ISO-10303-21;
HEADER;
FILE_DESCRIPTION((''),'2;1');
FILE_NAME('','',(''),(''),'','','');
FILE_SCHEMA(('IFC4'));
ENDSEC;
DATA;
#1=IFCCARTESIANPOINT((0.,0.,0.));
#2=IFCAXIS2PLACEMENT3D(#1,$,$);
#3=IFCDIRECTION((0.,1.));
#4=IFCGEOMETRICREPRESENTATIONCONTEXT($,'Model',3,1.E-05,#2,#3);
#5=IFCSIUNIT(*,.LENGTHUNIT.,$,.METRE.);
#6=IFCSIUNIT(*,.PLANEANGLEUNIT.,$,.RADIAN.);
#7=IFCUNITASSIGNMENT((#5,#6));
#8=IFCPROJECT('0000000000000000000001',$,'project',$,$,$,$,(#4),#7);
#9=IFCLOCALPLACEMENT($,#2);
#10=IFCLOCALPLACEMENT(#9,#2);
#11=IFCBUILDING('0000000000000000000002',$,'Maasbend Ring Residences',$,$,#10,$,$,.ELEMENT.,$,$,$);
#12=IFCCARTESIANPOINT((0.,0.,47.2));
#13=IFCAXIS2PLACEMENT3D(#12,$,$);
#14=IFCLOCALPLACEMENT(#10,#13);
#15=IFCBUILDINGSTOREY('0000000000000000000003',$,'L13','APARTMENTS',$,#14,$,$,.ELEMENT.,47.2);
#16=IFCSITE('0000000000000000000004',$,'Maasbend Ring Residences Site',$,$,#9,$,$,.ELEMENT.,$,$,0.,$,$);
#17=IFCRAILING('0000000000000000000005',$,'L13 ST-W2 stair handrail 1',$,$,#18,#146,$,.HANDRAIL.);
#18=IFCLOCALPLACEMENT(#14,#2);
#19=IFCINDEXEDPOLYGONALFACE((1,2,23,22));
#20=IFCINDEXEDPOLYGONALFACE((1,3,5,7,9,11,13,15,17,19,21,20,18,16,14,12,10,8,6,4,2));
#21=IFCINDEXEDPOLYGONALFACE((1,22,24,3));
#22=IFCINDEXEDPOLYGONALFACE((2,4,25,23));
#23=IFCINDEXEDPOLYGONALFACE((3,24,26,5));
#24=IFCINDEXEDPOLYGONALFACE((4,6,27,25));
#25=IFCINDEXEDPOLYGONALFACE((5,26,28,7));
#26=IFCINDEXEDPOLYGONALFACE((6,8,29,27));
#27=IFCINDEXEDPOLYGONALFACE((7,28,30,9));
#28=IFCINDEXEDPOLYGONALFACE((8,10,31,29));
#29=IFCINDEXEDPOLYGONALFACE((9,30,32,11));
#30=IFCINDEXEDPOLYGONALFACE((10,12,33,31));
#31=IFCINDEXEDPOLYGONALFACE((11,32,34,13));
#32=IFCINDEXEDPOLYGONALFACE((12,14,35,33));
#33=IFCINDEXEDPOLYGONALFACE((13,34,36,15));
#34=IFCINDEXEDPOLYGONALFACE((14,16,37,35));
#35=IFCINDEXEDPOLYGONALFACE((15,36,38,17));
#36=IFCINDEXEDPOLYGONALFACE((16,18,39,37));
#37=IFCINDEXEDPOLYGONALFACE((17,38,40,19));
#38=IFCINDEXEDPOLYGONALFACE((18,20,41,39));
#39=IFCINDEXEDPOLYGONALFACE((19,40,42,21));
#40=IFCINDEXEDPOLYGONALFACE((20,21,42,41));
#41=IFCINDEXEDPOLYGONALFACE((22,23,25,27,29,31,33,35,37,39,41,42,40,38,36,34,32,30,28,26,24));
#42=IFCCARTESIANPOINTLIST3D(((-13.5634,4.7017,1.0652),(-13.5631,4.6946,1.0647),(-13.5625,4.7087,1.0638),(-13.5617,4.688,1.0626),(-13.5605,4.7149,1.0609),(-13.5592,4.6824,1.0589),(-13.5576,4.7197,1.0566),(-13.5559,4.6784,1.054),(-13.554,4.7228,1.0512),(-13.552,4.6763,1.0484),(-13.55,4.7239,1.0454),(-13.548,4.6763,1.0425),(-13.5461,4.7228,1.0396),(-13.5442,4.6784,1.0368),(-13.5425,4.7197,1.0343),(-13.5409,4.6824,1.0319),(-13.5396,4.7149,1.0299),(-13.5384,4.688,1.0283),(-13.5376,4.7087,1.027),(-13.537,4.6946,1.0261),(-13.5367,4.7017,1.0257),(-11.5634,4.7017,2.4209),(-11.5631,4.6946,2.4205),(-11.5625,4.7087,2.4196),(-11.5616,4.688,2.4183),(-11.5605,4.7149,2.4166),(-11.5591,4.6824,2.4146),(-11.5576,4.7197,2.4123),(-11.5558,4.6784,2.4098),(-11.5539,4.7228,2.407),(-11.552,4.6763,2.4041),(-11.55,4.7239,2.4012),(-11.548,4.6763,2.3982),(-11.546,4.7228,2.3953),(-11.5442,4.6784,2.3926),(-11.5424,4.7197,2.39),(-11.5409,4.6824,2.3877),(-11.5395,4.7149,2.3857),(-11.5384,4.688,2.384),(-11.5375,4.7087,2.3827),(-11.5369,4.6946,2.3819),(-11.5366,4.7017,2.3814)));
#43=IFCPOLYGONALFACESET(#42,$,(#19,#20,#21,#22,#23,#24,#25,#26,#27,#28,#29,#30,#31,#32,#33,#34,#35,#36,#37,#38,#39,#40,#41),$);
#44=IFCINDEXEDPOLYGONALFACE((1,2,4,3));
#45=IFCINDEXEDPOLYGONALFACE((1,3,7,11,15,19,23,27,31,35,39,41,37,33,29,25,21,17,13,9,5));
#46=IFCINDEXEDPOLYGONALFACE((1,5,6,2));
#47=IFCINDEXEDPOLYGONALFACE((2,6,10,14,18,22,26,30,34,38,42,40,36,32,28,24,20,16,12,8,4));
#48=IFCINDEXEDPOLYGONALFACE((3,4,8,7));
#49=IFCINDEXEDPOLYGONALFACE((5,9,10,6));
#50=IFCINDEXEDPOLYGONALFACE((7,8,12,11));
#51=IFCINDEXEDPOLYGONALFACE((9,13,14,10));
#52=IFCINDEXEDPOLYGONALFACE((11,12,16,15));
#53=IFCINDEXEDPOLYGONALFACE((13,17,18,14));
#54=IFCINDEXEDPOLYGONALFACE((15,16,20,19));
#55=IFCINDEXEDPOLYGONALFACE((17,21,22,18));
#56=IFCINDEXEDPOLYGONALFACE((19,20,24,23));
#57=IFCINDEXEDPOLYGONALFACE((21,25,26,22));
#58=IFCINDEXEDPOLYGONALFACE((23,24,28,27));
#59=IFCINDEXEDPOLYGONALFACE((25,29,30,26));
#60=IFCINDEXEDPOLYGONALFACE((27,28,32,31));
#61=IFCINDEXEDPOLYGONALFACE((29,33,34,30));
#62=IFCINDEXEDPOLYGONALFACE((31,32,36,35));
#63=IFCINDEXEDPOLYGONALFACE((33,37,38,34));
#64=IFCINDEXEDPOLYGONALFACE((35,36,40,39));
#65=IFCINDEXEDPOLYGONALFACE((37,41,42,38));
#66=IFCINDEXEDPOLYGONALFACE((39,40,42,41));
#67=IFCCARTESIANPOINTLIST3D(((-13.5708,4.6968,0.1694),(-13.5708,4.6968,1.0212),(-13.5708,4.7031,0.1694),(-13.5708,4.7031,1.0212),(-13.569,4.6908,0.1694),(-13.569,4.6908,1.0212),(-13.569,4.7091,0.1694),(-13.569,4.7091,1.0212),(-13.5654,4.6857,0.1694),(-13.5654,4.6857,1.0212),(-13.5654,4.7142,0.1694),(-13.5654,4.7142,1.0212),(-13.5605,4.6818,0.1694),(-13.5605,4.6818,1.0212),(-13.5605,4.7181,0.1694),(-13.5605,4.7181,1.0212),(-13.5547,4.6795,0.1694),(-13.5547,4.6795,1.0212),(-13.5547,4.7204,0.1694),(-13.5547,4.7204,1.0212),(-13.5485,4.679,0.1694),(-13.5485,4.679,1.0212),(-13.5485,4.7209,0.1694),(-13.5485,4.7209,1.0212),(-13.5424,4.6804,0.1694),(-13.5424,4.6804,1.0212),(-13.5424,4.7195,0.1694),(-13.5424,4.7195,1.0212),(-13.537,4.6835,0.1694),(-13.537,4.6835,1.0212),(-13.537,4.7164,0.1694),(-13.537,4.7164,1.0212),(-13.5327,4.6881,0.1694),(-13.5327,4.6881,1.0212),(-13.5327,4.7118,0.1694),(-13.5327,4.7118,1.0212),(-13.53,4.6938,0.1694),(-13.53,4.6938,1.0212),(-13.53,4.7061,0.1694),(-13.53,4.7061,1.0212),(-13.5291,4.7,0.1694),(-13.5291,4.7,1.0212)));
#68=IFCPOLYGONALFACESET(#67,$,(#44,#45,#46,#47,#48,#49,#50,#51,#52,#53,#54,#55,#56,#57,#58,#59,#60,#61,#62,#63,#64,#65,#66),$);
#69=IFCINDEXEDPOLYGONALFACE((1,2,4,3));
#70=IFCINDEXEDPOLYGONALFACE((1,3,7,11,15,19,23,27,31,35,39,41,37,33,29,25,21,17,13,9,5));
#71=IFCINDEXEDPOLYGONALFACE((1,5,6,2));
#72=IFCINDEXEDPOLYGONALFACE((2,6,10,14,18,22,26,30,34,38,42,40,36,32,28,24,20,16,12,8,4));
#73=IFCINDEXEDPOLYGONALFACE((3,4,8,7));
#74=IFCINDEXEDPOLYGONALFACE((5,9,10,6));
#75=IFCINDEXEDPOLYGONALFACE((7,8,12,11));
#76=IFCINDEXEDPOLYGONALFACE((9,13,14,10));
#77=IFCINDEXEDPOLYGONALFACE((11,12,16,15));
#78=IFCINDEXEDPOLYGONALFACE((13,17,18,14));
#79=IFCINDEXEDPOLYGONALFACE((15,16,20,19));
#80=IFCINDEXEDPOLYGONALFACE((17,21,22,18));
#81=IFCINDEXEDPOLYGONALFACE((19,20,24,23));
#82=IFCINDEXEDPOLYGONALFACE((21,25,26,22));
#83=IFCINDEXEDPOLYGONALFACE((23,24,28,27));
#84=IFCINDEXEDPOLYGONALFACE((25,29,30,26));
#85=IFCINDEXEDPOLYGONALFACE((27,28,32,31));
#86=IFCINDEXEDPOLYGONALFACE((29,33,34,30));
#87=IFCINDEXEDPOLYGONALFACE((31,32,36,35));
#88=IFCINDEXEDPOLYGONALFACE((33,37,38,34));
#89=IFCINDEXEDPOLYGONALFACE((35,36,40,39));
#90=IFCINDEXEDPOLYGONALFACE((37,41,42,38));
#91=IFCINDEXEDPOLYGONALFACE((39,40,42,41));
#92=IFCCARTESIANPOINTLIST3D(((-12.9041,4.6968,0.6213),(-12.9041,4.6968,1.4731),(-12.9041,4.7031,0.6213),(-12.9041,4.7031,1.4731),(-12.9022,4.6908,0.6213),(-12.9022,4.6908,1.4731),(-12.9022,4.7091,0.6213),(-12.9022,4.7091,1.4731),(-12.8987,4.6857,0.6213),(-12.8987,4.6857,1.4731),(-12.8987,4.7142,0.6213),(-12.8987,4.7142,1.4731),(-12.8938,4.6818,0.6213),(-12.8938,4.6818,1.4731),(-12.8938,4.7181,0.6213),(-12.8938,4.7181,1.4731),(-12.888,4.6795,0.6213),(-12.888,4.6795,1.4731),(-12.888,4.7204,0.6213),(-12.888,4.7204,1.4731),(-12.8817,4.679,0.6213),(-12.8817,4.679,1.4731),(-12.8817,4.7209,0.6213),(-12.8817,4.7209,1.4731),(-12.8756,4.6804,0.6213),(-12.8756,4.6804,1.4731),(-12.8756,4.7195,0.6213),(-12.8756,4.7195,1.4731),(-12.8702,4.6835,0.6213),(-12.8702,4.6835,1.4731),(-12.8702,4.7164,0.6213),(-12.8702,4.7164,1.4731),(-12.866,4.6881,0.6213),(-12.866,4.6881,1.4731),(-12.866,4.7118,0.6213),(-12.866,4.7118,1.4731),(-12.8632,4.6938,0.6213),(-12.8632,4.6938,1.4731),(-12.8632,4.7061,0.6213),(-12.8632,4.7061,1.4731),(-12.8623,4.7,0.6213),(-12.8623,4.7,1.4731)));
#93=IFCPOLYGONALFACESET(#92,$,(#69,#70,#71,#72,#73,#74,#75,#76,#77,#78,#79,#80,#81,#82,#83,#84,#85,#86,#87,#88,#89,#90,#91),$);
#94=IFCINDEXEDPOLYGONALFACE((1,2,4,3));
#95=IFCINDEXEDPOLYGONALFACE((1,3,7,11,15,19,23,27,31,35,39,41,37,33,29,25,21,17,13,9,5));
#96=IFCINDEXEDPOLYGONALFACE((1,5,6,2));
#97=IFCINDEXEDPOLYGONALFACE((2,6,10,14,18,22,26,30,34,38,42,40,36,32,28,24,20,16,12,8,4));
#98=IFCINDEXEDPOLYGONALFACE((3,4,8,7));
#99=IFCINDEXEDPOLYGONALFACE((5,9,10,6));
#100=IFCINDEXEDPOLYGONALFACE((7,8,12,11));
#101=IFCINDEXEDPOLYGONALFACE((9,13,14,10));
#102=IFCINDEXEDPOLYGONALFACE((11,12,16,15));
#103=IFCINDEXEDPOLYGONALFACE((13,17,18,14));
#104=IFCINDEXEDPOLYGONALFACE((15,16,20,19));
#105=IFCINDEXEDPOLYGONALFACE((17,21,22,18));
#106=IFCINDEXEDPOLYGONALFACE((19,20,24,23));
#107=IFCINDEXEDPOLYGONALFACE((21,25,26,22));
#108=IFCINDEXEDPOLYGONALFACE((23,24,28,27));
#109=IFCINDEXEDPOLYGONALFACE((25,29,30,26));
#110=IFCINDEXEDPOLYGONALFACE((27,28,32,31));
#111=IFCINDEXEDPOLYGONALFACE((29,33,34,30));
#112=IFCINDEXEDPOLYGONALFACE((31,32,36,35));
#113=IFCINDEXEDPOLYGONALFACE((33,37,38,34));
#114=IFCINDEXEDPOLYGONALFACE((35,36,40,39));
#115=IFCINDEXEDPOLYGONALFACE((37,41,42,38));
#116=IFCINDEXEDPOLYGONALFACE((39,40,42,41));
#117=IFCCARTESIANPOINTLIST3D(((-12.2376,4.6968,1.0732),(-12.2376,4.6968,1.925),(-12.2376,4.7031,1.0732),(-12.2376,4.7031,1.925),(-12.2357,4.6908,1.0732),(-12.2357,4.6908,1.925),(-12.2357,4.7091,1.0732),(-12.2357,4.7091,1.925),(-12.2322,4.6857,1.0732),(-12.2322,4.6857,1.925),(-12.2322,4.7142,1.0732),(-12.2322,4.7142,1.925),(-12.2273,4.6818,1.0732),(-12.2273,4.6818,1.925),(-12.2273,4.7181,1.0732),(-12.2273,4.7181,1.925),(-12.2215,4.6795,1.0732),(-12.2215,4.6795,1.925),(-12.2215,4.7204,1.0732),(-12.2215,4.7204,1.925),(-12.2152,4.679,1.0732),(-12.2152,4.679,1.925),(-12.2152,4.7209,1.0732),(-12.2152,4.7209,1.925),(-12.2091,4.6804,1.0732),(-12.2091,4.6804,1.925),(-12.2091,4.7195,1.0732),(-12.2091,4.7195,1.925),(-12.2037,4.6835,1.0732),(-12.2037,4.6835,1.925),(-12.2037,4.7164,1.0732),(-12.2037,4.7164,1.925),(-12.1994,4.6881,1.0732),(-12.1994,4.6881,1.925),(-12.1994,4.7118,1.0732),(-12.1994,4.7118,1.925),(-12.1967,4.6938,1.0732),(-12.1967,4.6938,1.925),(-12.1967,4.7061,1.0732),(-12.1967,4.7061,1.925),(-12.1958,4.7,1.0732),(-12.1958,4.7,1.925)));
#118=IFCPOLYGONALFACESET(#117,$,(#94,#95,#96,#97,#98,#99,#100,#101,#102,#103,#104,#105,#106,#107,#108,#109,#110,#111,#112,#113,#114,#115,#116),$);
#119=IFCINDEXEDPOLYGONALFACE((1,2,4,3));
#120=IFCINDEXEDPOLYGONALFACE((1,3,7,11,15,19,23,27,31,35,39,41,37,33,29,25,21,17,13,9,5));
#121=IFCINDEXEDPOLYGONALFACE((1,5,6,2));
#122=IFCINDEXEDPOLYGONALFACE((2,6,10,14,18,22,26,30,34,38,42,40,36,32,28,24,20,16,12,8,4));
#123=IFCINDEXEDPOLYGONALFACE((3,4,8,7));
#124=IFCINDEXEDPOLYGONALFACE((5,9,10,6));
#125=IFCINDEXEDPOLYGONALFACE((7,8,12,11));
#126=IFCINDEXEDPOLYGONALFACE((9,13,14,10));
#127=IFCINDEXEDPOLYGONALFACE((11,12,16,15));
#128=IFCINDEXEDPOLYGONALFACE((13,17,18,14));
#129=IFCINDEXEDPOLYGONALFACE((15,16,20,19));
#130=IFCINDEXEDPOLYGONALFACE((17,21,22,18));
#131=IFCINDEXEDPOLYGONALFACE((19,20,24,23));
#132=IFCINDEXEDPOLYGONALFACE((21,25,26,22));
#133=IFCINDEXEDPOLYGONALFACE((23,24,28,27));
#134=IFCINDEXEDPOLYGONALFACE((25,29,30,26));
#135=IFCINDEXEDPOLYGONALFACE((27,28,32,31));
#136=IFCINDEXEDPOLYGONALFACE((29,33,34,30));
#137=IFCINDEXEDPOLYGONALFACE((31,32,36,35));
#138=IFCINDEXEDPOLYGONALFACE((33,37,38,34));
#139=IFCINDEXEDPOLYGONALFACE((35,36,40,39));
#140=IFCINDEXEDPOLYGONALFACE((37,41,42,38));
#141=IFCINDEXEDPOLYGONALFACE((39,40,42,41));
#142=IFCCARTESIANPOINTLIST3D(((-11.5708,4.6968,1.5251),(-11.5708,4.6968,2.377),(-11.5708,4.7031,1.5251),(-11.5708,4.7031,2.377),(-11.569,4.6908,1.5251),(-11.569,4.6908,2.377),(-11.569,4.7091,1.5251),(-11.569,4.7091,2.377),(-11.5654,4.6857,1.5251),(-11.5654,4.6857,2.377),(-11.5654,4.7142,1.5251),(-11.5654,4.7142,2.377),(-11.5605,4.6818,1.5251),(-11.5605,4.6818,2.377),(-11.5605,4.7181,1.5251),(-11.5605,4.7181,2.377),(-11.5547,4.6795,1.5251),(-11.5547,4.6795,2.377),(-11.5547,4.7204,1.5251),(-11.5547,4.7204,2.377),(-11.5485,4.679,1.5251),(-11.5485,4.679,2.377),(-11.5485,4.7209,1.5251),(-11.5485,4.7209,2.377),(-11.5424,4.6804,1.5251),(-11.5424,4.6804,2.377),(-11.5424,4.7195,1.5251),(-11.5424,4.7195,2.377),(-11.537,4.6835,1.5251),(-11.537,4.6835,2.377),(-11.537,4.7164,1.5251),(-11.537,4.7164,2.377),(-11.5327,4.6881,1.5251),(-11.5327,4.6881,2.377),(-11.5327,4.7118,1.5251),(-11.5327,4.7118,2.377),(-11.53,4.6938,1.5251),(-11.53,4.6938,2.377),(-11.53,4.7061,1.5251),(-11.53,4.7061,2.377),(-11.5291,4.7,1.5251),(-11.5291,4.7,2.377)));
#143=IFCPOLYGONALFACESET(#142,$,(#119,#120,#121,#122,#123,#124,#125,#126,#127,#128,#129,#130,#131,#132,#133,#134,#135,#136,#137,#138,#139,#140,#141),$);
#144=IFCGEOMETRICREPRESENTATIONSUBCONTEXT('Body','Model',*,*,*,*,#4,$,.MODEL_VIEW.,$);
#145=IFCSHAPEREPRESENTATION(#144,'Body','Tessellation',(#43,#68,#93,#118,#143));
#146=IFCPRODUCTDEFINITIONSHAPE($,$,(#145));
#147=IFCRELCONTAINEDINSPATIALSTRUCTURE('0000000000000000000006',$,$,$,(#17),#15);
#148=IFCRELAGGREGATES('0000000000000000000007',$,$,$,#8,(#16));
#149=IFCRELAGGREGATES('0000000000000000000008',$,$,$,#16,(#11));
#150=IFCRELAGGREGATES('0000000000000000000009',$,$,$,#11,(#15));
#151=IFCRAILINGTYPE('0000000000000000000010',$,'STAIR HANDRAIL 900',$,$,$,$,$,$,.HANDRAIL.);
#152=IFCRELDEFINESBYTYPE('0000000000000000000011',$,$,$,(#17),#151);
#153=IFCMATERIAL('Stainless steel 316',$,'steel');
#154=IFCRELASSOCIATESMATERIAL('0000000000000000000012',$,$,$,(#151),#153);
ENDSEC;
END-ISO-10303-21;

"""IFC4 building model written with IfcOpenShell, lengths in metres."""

from ifc_helpers import new_model, si_unit, direction, frame, origin, origin_2d, place, context, subcontext, project, spatial, circle, extrude, material, type_object, element, save


model = new_model("IFC4")

# Units and contexts
model_context = context("Model", 3, precision=1e-05, world=origin(), true_north=direction((0.0, 1.0)))
body_context = subcontext(model_context, "Body", "Model", "MODEL_VIEW")
ifc_project = project(units=[si_unit("LENGTHUNIT", "METRE"), si_unit("PLANEANGLEUNIT", "RADIAN")], contexts=[model_context])

# Site, building, storey
site_placement = place(None, origin())
site = spatial("IfcSite", under=ifc_project, at=site_placement, Name="Maasbend Ring Residences Site", CompositionType="ELEMENT", RefElevation=0.0)
building_placement = place(site_placement, origin())
building = spatial("IfcBuilding", under=site, at=building_placement, Name="Maasbend Ring Residences", CompositionType="ELEMENT")
storey_placement = place(building_placement, frame((0.0, 0.0, 47.2)))
storey = spatial("IfcBuildingStorey", under=building, at=storey_placement, Name="L13", Description="APARTMENTS", CompositionType="ELEMENT", Elevation=47.2)

# Railing
ifc_material_1 = material(Name="Stainless steel 316", Category="steel")
railing_type_1 = type_object("IfcRailingType", Name="STAIR HANDRAIL 900", PredefinedType="HANDRAIL", material=ifc_material_1)
railing_1_placement = place(storey_placement, frame((-13.55, 4.7, 0.1694)))
element("IfcRailing", 1, at=railing_1_placement, inside=storey, type_object=railing_type_1, Name="L13 ST-W2 stair handrail 1", PredefinedType="HANDRAIL", context=body_context, shape_type="SweptSolid", body=[
    extrude(circle(Radius=0.0239, at=origin_2d()), frame((0.0, 0.0, 0.876), z_axis=(0.827751, 0.0, 0.561096), x_axis=(0.0, 1.0, 0.0)), (0.0, 0.0, 1.0), 2.4163),
    extrude(circle(Radius=0.021, at=origin_2d()), origin(), (0.0, 0.0, 1.0), 0.8518),
    extrude(circle(Radius=0.021, at=origin_2d()), frame((0.6667, 0.0, 0.4519)), (0.0, 0.0, 1.0), 0.8518),
    extrude(circle(Radius=0.021, at=origin_2d()), frame((1.3333, 0.0, 0.9038)), (0.0, 0.0, 1.0), 0.8518),
    extrude(circle(Radius=0.021, at=origin_2d()), frame((2.0, 0.0, 1.3557)), (0.0, 0.0, 1.0), 0.8518),
])

save(model, "model.ifc")
